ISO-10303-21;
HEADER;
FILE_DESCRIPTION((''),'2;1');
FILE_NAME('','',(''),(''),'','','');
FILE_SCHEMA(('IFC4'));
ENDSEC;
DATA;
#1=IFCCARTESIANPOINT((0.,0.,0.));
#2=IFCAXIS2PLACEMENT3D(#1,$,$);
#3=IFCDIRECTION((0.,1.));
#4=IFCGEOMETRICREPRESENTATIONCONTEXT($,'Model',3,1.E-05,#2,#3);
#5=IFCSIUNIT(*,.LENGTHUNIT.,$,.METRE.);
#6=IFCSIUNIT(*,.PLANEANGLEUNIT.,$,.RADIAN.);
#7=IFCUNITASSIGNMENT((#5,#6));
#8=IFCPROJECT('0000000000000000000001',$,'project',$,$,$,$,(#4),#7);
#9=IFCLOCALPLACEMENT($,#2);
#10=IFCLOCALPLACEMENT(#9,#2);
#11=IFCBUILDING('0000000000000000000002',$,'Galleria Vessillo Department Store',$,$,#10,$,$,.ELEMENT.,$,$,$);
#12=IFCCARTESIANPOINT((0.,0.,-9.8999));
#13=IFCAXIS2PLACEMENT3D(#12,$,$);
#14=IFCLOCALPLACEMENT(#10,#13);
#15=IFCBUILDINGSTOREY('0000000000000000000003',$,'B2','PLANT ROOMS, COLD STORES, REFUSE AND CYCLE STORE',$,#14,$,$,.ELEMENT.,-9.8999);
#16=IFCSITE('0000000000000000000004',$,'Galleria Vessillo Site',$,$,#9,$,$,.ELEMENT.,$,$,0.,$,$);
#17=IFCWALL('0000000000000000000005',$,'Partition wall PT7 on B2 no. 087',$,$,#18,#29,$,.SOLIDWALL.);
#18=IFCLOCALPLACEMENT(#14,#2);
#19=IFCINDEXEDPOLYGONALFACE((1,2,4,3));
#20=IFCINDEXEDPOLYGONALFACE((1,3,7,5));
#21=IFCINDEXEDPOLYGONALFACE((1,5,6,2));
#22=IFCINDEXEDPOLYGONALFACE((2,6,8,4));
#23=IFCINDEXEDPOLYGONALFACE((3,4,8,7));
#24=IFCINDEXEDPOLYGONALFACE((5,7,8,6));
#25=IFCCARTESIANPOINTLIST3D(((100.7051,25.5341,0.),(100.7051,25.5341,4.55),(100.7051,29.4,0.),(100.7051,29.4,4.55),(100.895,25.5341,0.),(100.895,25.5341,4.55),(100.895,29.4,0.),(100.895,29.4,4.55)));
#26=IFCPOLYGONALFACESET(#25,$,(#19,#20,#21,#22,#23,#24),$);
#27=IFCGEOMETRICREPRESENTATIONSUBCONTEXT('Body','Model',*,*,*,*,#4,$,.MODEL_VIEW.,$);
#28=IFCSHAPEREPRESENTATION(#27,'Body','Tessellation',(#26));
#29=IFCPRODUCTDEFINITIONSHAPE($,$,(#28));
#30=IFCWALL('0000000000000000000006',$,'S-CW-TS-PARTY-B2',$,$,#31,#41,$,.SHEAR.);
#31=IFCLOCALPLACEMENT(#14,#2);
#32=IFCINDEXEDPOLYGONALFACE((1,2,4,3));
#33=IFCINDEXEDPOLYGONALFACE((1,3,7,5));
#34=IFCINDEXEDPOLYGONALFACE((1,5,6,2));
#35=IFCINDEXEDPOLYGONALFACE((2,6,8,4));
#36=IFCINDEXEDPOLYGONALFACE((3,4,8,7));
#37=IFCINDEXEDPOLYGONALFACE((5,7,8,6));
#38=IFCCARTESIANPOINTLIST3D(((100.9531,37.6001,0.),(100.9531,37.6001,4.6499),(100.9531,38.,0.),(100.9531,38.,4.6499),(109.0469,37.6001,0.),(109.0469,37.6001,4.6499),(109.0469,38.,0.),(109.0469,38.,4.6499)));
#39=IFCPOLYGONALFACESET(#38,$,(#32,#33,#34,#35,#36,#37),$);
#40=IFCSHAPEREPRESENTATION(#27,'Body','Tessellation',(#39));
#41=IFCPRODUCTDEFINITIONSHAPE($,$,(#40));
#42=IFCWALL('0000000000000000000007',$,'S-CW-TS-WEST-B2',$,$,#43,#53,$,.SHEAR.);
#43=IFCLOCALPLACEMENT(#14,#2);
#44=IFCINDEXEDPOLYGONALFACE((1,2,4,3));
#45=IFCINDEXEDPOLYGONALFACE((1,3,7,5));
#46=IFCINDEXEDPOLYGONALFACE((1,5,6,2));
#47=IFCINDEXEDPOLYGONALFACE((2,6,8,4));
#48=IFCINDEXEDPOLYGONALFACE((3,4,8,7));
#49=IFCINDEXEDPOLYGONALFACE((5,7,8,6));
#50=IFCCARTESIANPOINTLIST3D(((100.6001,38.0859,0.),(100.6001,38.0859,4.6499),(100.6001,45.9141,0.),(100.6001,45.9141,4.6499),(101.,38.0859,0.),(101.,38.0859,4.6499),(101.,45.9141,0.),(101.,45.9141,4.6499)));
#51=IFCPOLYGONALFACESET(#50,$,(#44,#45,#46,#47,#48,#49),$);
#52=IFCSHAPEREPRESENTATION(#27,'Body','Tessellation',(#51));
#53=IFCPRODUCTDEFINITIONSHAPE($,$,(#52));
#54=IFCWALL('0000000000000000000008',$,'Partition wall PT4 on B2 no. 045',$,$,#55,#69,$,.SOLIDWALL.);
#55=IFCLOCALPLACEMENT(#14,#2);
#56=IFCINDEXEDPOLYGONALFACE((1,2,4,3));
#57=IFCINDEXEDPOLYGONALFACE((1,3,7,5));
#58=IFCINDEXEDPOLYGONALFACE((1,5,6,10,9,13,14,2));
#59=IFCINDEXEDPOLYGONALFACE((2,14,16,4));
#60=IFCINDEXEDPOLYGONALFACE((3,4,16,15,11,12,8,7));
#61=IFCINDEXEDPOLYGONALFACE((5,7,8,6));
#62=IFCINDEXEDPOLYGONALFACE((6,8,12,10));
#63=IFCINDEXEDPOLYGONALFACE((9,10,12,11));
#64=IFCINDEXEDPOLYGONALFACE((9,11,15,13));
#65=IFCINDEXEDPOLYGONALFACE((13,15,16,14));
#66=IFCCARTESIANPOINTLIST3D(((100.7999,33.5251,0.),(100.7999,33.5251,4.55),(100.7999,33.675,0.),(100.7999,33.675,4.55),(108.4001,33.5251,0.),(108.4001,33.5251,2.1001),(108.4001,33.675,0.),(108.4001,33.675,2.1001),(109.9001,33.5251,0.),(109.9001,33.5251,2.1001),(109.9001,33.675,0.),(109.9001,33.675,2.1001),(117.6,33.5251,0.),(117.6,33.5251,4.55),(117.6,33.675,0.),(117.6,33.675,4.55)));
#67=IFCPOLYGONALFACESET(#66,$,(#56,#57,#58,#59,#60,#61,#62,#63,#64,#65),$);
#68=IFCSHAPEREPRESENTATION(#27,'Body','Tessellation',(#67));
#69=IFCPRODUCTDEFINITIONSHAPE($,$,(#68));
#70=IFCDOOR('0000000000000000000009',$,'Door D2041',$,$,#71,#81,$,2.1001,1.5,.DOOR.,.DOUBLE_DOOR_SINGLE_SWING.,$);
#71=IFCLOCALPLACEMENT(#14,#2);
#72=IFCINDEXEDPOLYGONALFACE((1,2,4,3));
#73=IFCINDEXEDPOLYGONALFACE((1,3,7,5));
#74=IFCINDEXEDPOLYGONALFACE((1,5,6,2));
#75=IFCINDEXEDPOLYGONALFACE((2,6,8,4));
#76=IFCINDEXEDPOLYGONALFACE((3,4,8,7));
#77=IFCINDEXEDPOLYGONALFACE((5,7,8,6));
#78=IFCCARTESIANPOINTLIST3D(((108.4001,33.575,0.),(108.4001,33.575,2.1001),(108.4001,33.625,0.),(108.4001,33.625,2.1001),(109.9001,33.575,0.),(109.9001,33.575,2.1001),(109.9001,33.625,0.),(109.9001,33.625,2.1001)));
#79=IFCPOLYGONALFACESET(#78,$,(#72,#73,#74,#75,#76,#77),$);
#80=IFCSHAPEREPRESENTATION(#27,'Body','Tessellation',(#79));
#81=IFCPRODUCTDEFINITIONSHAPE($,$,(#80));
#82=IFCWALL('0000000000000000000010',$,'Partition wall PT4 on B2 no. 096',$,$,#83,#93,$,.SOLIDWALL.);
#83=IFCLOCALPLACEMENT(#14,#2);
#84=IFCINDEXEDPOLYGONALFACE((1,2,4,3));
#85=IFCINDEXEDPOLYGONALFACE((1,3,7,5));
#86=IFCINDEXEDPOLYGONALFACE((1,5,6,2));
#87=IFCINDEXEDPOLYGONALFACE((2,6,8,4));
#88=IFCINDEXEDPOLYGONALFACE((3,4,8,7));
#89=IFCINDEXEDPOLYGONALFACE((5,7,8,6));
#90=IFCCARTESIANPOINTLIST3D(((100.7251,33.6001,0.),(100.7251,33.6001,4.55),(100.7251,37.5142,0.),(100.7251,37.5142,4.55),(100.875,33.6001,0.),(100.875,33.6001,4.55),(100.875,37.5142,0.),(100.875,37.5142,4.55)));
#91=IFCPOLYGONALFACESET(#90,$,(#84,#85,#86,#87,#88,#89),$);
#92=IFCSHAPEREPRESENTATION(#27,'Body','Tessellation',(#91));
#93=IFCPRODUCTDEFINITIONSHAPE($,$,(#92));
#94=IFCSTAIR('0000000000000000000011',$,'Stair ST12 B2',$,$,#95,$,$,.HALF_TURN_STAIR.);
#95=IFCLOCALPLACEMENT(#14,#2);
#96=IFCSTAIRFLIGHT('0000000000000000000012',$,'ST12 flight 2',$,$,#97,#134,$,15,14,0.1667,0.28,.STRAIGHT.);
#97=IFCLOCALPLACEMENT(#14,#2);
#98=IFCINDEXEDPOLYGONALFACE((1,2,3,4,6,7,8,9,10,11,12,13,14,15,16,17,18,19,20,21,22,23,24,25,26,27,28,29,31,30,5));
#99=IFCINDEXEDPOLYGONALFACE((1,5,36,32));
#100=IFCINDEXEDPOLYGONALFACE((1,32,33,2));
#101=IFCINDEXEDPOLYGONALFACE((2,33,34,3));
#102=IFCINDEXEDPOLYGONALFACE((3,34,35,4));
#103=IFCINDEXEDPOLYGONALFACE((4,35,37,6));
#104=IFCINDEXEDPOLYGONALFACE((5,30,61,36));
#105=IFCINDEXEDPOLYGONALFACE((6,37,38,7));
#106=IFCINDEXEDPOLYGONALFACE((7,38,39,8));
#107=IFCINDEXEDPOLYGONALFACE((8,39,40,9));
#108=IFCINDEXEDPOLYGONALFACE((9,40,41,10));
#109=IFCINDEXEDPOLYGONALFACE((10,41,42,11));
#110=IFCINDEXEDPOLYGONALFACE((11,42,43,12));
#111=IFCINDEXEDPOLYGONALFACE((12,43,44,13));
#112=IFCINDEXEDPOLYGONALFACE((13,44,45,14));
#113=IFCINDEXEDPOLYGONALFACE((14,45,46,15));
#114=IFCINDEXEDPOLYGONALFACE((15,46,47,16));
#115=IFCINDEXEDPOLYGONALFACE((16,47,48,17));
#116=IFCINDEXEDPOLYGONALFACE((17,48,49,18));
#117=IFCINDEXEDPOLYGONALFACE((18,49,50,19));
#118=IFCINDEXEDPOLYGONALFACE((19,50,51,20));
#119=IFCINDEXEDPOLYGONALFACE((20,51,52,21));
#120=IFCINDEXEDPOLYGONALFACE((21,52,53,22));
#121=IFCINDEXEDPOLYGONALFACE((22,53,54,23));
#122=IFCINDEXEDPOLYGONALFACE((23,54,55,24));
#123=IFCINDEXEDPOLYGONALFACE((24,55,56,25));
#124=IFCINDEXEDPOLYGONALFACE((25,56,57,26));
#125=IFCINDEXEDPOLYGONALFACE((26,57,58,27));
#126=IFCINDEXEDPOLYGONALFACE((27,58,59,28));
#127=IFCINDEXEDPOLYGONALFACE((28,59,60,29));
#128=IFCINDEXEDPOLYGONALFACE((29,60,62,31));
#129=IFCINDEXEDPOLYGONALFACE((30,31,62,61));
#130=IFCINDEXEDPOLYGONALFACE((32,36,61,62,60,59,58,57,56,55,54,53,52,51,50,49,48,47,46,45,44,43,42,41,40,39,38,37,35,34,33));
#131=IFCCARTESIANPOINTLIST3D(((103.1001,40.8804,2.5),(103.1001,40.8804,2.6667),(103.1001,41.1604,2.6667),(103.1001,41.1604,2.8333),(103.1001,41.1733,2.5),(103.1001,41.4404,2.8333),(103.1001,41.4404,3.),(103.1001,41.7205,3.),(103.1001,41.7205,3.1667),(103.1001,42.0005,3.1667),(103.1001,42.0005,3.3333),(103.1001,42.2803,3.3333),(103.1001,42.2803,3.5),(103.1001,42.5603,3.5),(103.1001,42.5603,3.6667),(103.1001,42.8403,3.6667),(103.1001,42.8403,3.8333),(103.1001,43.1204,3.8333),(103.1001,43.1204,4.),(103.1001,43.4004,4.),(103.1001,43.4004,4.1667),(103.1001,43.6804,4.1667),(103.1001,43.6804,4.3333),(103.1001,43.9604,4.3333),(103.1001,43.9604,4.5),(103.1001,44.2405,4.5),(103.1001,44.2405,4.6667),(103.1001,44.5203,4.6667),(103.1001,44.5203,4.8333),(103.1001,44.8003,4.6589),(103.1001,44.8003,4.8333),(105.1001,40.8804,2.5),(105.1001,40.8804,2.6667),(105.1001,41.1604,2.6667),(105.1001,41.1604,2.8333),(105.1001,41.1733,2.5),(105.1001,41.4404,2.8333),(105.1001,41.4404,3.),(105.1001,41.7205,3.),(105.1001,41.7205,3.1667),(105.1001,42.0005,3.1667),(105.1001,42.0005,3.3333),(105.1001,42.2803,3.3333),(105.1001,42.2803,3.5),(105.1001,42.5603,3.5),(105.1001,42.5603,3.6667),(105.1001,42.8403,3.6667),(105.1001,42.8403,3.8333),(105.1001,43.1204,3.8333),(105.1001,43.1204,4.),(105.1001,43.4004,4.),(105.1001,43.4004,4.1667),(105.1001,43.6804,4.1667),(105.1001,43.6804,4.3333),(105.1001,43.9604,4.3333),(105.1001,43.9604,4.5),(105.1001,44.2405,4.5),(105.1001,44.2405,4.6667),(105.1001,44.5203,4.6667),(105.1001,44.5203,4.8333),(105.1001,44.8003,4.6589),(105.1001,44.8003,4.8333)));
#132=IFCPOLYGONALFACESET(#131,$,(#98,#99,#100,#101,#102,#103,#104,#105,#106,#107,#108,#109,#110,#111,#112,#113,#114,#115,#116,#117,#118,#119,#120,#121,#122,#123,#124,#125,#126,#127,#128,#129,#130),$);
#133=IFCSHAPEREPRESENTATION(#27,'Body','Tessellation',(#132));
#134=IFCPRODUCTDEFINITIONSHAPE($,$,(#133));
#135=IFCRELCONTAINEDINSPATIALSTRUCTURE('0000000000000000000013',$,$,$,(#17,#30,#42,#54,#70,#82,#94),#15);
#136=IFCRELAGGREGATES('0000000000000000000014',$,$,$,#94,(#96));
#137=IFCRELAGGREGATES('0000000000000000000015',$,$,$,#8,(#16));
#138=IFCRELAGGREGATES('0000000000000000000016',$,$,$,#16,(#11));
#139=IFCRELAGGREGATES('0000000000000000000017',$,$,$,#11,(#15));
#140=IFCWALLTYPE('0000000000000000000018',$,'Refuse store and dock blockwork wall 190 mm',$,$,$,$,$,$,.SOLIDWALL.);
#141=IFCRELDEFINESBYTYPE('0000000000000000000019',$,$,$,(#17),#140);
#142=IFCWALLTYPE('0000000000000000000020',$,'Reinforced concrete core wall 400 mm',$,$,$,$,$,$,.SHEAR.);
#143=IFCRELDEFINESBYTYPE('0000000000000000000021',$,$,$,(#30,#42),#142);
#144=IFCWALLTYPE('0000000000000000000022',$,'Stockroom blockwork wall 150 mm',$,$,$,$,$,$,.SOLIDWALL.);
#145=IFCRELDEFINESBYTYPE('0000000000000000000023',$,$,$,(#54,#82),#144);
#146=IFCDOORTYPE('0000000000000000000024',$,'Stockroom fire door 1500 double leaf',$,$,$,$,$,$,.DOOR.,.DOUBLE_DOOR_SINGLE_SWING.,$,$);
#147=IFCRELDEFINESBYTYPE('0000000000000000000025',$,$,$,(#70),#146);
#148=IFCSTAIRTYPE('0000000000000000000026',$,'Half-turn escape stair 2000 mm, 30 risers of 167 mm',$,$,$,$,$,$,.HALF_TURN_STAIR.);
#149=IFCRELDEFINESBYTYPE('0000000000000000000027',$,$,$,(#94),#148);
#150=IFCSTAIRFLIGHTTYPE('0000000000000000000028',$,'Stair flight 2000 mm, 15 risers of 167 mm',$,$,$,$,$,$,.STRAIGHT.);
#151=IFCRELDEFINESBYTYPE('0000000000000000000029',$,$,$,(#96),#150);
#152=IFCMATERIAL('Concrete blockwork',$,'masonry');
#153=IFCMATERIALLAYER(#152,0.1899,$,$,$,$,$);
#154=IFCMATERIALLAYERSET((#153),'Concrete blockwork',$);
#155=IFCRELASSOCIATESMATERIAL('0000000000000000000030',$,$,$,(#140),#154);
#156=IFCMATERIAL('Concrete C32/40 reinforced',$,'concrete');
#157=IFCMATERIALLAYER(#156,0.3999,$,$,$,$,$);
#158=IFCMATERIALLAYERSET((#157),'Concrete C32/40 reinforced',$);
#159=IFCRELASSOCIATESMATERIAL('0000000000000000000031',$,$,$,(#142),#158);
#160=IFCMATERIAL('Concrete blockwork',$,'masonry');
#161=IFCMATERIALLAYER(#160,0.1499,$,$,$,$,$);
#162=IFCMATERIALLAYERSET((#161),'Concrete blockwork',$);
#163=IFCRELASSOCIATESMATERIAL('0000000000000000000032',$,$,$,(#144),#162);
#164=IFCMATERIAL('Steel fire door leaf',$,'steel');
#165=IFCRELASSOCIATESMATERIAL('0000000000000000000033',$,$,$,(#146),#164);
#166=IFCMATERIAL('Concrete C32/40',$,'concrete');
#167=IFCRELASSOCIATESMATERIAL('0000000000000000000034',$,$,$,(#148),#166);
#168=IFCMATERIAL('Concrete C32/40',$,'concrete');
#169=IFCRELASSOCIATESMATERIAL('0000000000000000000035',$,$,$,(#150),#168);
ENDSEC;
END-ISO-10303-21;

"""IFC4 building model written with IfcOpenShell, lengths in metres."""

from ifc_helpers import new_model, si_unit, direction, frame, frame_2d, origin, place, context, subcontext, project, spatial, polyline, rectangle, outline, extrude, material, layer, layer_set, type_object, element, fill, aggregate, save


model = new_model("IFC4")

# Units and contexts
model_context = context("Model", 3, precision=1e-05, world=origin(), true_north=direction((0.0, 1.0)))
body_context = subcontext(model_context, "Body", "Model", "MODEL_VIEW")
ifc_project = project(units=[si_unit("LENGTHUNIT", "METRE"), si_unit("PLANEANGLEUNIT", "RADIAN")], contexts=[model_context])

# Site, building, storey
site_placement = place(None, origin())
site = spatial("IfcSite", under=ifc_project, at=site_placement, Name="Galleria Vessillo Site", CompositionType="ELEMENT", RefElevation=0.0)
building_placement = place(site_placement, origin())
building = spatial("IfcBuilding", under=site, at=building_placement, Name="Galleria Vessillo Department Store", CompositionType="ELEMENT")
storey_placement = place(building_placement, frame((0.0, 0.0, -9.8999)))
storey = spatial("IfcBuildingStorey", under=building, at=storey_placement, Name="B2", Description="PLANT ROOMS, COLD STORES, REFUSE AND CYCLE STORE", CompositionType="ELEMENT", Elevation=-9.8999)

# Shared definitions
ifc_material_1 = material(Name="Concrete blockwork", Category="masonry")
ifc_layer_1 = layer(ifc_material_1, 0.1899)
ifc_layer_set_1 = layer_set([ifc_layer_1], Name="Concrete blockwork")
wall_type_1 = type_object("IfcWallType", Name="Refuse store and dock blockwork wall 190 mm", PredefinedType="SOLIDWALL", material=ifc_layer_set_1)

# Walls
wall_1_placement = place(storey_placement, frame((100.8, 25.5339, 0.0), z_axis=(0.0, 0.0, 1.0), x_axis=(0.0, 1.0, 0.0)))
element("IfcWall", 1, at=wall_1_placement, inside=storey, type_object=wall_type_1, Name="Partition wall PT7 on B2 no. 087", PredefinedType="SOLIDWALL", context=body_context, shape_type="SweptSolid", body=[
    extrude(rectangle(XDim=3.866, YDim=0.1899, at=frame_2d((1.9331, 0.0))), origin(), (0.0, 0.0, 1.0), 4.55),
])
ifc_material_2 = material(Name="Concrete C32/40 reinforced", Category="concrete")
ifc_layer_2 = layer(ifc_material_2, 0.3999)
ifc_layer_set_2 = layer_set([ifc_layer_2], Name="Concrete C32/40 reinforced")
wall_type_2 = type_object("IfcWallType", Name="Reinforced concrete core wall 400 mm", PredefinedType="SHEAR", material=ifc_layer_set_2)
wall_2_placement = place(storey_placement, frame((100.9531, 37.8, 0.0), z_axis=(0.0, 0.0, 1.0), x_axis=(1.0, 0.0, 0.0)))
element("IfcWall", 2, at=wall_2_placement, inside=storey, type_object=wall_type_2, Name="S-CW-TS-PARTY-B2", PredefinedType="SHEAR", context=body_context, shape_type="SweptSolid", body=[
    extrude(rectangle(XDim=8.0938, YDim=0.3999, at=frame_2d((4.0469, 0.0))), origin(), (0.0, 0.0, 1.0), 4.6499),
])
wall_3_placement = place(storey_placement, frame((100.8, 38.0859, 0.0), z_axis=(0.0, 0.0, 1.0), x_axis=(0.0, 1.0, 0.0)))
element("IfcWall", 3, at=wall_3_placement, inside=storey, type_object=wall_type_2, Name="S-CW-TS-WEST-B2", PredefinedType="SHEAR", context=body_context, shape_type="SweptSolid", body=[
    extrude(rectangle(XDim=7.8281, YDim=0.3999, at=frame_2d((3.9141, 0.0))), origin(), (0.0, 0.0, 1.0), 4.6499),
])

# Wall, opening, door
ifc_material_3 = material(Name="Concrete blockwork", Category="masonry")
ifc_layer_3 = layer(ifc_material_3, 0.1499)
ifc_layer_set_3 = layer_set([ifc_layer_3], Name="Concrete blockwork")
wall_type_3 = type_object("IfcWallType", Name="Stockroom blockwork wall 150 mm", PredefinedType="SOLIDWALL", material=ifc_layer_set_3)
wall_4_placement = place(storey_placement, frame((100.8, 33.6001, 0.0), z_axis=(0.0, 0.0, 1.0), x_axis=(1.0, 0.0, 0.0)))
wall_4 = element("IfcWall", 4, at=wall_4_placement, inside=storey, type_object=wall_type_3, Name="Partition wall PT4 on B2 no. 045", PredefinedType="SOLIDWALL", context=body_context, shape_type="SweptSolid", body=[
    extrude(rectangle(XDim=16.8, YDim=0.1499, at=frame_2d((8.3999, 0.0))), origin(), (0.0, 0.0, 1.0), 4.55),
])
opening_1_placement = place(wall_4_placement, frame((7.6001, 0.0, 0.0)))
opening_1 = element("IfcOpeningElement", 5, at=opening_1_placement, cuts=wall_4, PredefinedType="OPENING", context=body_context, shape_type="SweptSolid", body=[
    extrude(rectangle(XDim=1.5, YDim=2.1001, at=frame_2d((0.75, 1.05))), frame((0.0, 0.085, 0.0), z_axis=(0.0, -1.0, 0.0), x_axis=(1.0, 0.0, 0.0)), (0.0, 0.0, 1.0), 0.1699),
])
ifc_material_4 = material(Name="Steel fire door leaf", Category="steel")
door_type_1 = type_object("IfcDoorType", Name="Stockroom fire door 1500 double leaf", OperationType="DOUBLE_DOOR_SINGLE_SWING", PredefinedType="DOOR", material=ifc_material_4)
door_1_placement = place(opening_1_placement, origin())
door_1 = element("IfcDoor", 6, at=door_1_placement, inside=storey, type_object=door_type_1, Name="Door D2041", OperationType="DOUBLE_DOOR_SINGLE_SWING", OverallHeight=2.1001, OverallWidth=1.5, PredefinedType="DOOR", context=body_context, shape_type="SweptSolid", body=[
    extrude(rectangle(XDim=1.5, YDim=2.1001, at=frame_2d((0.75, 1.05))), frame((0.0, 0.0249, 0.0), z_axis=(0.0, -1.0, 0.0), x_axis=(1.0, 0.0, 0.0)), (0.0, 0.0, 1.0), 0.05),
])
fill(opening_1, door_1)

# Wall
wall_5_placement = place(storey_placement, frame((100.8, 33.6001, 0.0), z_axis=(0.0, 0.0, 1.0), x_axis=(0.0, 1.0, 0.0)))
element("IfcWall", 7, at=wall_5_placement, inside=storey, type_object=wall_type_3, Name="Partition wall PT4 on B2 no. 096", PredefinedType="SOLIDWALL", context=body_context, shape_type="SweptSolid", body=[
    extrude(rectangle(XDim=3.9141, YDim=0.1499, at=frame_2d((1.957, 0.0))), origin(), (0.0, 0.0, 1.0), 4.55),
])

# Stair, stair flight
ifc_material_5 = material(Name="Concrete C32/40", Category="concrete")
stair_type = type_object("IfcStairType", Name="Half-turn escape stair 2000 mm, 30 risers of 167 mm", PredefinedType="HALF_TURN_STAIR", material=ifc_material_5)
stair_placement = place(storey_placement, origin())
stair = element("IfcStair", 8, at=stair_placement, inside=storey, type_object=stair_type, Name="Stair ST12 B2", PredefinedType="HALF_TURN_STAIR")
ifc_material_6 = material(Name="Concrete C32/40", Category="concrete")
stair_flight_type = type_object("IfcStairFlightType", Name="Stair flight 2000 mm, 15 risers of 167 mm", PredefinedType="STRAIGHT", material=ifc_material_6)
stair_flight_placement = place(storey_placement, frame((104.1001, 40.8804, 2.5), z_axis=(0.0, 0.0, 1.0), x_axis=(0.0, 1.0, 0.0)))
stair_flight = element("IfcStairFlight", 9, at=stair_flight_placement, type_object=stair_flight_type, Name="ST12 flight 2", NumberOfRisers=15, NumberOfTreads=14, PredefinedType="STRAIGHT", RiserHeight=0.1667, TreadLength=0.28, context=body_context, shape_type="SweptSolid", body=[
    extrude(outline(polyline([(0.0, 0.0), (0.0, 0.1667), (0.28, 0.1667), (0.28, 0.3333), (0.5601, 0.3333), (0.5601, 0.5), (0.8401, 0.5), (0.8401, 0.6667), (1.1201, 0.6667), (1.1201, 0.8333), (1.3999, 0.8333), (1.3999, 1.0), (1.6799, 1.0), (1.6799, 1.1667), (1.96, 1.1667), (1.96, 1.3333), (2.24, 1.3333), (2.24, 1.5), (2.52, 1.5), (2.52, 1.6667), (2.8, 1.6667), (2.8, 1.8333), (3.0801, 1.8333), (3.0801, 2.0), (3.3601, 2.0), (3.3601, 2.1667), (3.6399, 2.1667), (3.6399, 2.3333), (3.9199, 2.3333), (3.9199, 2.5), (3.9199, 2.1589), (0.293, 0.0), (0.0, 0.0)])), frame((0.0, 1.0, 0.0), z_axis=(0.0, -1.0, 0.0), x_axis=(1.0, 0.0, 0.0)), (0.0, 0.0, 1.0), 2.0),
])
aggregate(stair, [stair_flight])

save(model, "model.ifc")
